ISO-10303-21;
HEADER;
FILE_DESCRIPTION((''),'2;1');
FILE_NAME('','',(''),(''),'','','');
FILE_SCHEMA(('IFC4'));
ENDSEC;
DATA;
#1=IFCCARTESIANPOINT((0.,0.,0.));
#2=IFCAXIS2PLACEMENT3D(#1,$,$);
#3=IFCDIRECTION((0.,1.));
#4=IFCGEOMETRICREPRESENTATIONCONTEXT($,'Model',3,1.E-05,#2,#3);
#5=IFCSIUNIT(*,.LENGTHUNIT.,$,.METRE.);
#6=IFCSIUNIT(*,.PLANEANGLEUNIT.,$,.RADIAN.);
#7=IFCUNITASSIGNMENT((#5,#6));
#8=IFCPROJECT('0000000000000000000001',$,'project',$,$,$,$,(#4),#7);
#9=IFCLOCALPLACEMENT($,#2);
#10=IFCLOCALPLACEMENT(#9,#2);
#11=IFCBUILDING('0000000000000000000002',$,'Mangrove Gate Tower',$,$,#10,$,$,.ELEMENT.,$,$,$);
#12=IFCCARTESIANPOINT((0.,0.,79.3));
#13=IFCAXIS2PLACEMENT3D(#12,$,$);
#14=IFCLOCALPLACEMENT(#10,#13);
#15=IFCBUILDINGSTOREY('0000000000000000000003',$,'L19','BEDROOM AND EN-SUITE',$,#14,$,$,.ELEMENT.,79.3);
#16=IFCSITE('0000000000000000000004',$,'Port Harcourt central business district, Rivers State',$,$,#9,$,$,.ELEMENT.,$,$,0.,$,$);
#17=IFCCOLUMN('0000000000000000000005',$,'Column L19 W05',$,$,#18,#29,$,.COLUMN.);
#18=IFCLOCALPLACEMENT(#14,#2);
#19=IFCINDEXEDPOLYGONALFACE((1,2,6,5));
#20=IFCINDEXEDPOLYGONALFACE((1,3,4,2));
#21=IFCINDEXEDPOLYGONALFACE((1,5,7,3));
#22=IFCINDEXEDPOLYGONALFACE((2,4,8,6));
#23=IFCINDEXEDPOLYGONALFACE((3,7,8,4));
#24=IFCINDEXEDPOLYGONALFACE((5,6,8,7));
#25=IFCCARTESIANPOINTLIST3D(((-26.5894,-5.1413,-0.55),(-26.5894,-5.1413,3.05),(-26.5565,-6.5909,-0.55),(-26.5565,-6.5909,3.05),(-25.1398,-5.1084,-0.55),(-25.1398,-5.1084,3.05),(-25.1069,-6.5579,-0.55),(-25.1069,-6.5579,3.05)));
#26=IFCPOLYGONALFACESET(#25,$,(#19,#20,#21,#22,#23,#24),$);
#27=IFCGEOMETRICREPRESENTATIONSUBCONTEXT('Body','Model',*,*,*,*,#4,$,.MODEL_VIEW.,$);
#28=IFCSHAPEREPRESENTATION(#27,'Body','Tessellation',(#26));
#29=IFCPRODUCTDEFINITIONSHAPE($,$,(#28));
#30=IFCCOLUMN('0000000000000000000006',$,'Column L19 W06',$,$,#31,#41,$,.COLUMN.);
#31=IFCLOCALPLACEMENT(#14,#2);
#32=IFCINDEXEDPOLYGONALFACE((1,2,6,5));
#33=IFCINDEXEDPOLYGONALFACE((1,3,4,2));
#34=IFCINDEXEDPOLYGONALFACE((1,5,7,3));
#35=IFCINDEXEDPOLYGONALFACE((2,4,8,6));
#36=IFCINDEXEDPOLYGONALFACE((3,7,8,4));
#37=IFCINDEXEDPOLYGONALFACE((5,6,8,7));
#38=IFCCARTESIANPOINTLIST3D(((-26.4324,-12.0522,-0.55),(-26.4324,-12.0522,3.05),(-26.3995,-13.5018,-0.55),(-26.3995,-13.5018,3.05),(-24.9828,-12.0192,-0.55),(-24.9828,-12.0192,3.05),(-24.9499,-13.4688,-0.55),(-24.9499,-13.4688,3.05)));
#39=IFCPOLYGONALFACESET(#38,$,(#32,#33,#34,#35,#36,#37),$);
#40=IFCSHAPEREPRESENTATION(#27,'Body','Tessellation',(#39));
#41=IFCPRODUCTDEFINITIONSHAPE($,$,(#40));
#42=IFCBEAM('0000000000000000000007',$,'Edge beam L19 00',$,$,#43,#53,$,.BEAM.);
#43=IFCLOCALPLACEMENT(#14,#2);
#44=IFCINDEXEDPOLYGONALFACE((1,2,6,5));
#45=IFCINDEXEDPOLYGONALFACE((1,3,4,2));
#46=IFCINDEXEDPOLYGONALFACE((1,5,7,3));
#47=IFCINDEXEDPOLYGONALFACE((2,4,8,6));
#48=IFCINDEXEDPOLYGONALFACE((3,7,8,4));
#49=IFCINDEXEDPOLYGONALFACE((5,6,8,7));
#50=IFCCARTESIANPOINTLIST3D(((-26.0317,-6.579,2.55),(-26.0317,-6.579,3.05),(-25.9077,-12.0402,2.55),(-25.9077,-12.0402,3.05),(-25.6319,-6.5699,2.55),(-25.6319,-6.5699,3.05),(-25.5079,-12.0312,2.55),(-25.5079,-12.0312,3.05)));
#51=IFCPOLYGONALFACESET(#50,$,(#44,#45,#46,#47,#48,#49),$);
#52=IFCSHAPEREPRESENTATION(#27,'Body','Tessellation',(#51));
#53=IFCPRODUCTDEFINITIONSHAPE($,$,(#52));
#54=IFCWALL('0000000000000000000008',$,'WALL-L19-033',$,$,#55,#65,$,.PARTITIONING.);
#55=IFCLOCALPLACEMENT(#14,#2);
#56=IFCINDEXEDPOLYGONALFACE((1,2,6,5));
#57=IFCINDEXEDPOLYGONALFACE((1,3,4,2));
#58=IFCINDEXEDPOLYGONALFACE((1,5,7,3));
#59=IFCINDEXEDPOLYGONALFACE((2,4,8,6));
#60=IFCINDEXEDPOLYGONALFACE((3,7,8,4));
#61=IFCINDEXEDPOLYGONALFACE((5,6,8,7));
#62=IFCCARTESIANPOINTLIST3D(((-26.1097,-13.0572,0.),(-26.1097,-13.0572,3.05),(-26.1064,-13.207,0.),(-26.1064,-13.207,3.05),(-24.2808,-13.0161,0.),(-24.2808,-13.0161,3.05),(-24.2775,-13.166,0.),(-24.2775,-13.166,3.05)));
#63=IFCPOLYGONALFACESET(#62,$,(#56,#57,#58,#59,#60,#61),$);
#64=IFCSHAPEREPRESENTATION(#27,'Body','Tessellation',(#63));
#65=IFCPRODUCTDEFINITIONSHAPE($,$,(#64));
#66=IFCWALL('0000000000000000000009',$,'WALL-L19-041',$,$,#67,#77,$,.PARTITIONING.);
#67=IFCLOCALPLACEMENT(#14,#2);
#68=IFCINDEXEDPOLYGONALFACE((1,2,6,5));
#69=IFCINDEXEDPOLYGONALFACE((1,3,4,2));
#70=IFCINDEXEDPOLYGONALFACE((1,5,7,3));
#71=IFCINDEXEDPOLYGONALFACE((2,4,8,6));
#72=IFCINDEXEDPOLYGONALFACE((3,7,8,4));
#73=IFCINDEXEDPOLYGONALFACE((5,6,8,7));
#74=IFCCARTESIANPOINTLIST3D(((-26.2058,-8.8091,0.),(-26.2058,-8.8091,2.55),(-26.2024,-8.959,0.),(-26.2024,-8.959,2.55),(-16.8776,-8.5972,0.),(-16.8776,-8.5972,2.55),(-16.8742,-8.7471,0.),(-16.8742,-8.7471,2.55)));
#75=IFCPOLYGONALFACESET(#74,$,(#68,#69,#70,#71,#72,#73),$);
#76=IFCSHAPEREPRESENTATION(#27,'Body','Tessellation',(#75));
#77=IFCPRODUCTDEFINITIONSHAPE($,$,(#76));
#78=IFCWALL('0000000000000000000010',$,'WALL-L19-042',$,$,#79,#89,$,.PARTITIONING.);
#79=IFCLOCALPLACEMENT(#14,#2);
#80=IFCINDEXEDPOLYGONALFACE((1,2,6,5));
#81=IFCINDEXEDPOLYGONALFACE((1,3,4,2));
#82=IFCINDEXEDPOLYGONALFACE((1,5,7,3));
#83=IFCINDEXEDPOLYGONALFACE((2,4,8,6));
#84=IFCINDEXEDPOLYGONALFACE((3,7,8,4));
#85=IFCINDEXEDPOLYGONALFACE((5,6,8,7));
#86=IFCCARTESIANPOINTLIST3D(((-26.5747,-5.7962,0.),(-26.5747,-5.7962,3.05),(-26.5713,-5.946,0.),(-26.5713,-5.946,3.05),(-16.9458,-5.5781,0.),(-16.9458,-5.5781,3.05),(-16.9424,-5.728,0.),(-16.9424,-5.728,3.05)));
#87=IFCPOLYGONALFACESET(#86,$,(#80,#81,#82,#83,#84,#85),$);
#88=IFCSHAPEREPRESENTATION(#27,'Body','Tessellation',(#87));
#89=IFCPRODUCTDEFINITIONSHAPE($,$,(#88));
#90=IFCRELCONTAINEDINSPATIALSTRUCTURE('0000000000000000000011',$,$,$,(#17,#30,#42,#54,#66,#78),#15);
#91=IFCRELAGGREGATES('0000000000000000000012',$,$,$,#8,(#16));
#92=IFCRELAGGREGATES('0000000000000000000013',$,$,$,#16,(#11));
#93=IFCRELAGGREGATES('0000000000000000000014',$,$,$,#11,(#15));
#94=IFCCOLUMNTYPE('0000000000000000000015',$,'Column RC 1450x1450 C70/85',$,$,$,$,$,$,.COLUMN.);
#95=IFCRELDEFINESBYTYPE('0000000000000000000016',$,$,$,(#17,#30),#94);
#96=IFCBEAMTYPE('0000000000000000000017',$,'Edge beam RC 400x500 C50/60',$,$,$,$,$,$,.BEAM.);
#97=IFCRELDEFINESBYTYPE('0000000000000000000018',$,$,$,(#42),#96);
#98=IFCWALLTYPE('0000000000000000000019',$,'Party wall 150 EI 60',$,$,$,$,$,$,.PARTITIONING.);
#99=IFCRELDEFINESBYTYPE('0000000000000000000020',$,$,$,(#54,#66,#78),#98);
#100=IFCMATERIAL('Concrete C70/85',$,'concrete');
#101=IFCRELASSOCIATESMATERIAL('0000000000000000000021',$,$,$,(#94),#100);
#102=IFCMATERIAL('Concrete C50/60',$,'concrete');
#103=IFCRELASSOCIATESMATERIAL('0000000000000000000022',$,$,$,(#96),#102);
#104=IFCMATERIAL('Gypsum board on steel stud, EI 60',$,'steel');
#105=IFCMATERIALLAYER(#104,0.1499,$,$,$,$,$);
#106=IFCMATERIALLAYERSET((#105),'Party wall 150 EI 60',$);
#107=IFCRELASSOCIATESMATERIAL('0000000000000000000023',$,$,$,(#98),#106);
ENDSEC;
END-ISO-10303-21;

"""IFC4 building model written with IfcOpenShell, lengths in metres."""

from ifc_helpers import new_model, si_unit, direction, frame, frame_2d, origin, origin_2d, place, context, subcontext, project, spatial, rectangle, extrude, material, layer, layer_set, material_profile, profile_set, type_object, element, save


model = new_model("IFC4")

# Units and contexts
model_context = context("Model", 3, precision=1e-05, world=origin(), true_north=direction((0.0, 1.0)))
body_context = subcontext(model_context, "Body", "Model", "MODEL_VIEW")
ifc_project = project(units=[si_unit("LENGTHUNIT", "METRE"), si_unit("PLANEANGLEUNIT", "RADIAN")], contexts=[model_context])

# Site, building, storey
site_placement = place(None, origin())
site = spatial("IfcSite", under=ifc_project, at=site_placement, Name="Port Harcourt central business district, Rivers State", CompositionType="ELEMENT", RefElevation=0.0)
building_placement = place(site_placement, origin())
building = spatial("IfcBuilding", under=site, at=building_placement, Name="Mangrove Gate Tower", CompositionType="ELEMENT")
storey_placement = place(building_placement, frame((0.0, 0.0, 79.3)))
storey = spatial("IfcBuildingStorey", under=building, at=storey_placement, Name="L19", Description="BEDROOM AND EN-SUITE", CompositionType="ELEMENT", Elevation=79.3)

# Columns
ifc_material_1 = material(Name="Concrete C70/85", Category="concrete")
ifc_material_profile_1 = material_profile(ifc_material_1, rectangle(XDim=1.45, YDim=1.45, at=origin_2d()))
ifc_profile_set_1 = profile_set([ifc_material_profile_1], Name="Concrete C70/85")
column_type = type_object("IfcColumnType", Name="Column RC 1450x1450 C70/85", PredefinedType="COLUMN", material=ifc_profile_set_1)
for number, where, z_axis, x_axis, name in (
    (1, (-25.8481, -5.8496, -0.55), (0.0, 0.0, 1.0), (0.022697, -0.999742, 0.0), "Column L19 W05"),
    (2, (-25.6912, -12.7605, -0.55), (0.0, 0.0, 1.0), (0.022712, -0.999742, 0.0), "Column L19 W06"),
):
    element("IfcColumn", number, at=place(storey_placement, frame(where, z_axis=z_axis, x_axis=x_axis)), inside=storey, type_object=column_type, Name=name, PredefinedType="COLUMN", context=body_context, shape_type="SweptSolid", body=[
        extrude(rectangle(XDim=1.45, YDim=1.45, at=origin_2d()), origin(), (0.0, 0.0, 1.0), 3.6001),
    ])

# Beam
ifc_material_2 = material(Name="Concrete C50/60", Category="concrete")
ifc_material_profile_2 = material_profile(ifc_material_2, rectangle(XDim=0.3999, YDim=0.5, at=origin_2d()))
ifc_profile_set_2 = profile_set([ifc_material_profile_2], Name="Concrete C50/60")
beam_type = type_object("IfcBeamType", Name="Edge beam RC 400x500 C50/60", PredefinedType="BEAM", material=ifc_profile_set_2)
beam_placement = place(storey_placement, frame((-25.8318, -6.5745, 2.8), z_axis=(0.022704, -0.999742, 0.0), x_axis=(0.999742, 0.022704, 0.0)))
element("IfcBeam", 3, at=beam_placement, inside=storey, type_object=beam_type, Name="Edge beam L19 00", PredefinedType="BEAM", context=body_context, shape_type="SweptSolid", body=[
    extrude(rectangle(XDim=0.3999, YDim=0.5, at=origin_2d()), origin(), (0.0, 0.0, 1.0), 5.4626),
])

# Walls
ifc_material_3 = material(Name="Gypsum board on steel stud, EI 60", Category="steel")
ifc_layer_1 = layer(ifc_material_3, 0.1499)
ifc_layer_set_1 = layer_set([ifc_layer_1], Name="Party wall 150 EI 60")
wall_type_1 = type_object("IfcWallType", Name="Party wall 150 EI 60", PredefinedType="PARTITIONING", material=ifc_layer_set_1)
wall_1_placement = place(storey_placement, frame((-26.1079, -13.1321, 0.0), z_axis=(0.0, 0.0, 1.0), x_axis=(0.999749, 0.022421, 0.0)))
element("IfcWall", 4, at=wall_1_placement, inside=storey, type_object=wall_type_1, Name="WALL-L19-033", PredefinedType="PARTITIONING", context=body_context, shape_type="SweptSolid", body=[
    extrude(rectangle(XDim=1.8293, YDim=0.1499, at=frame_2d((0.9146, 0.0))), origin(), (0.0, 0.0, 1.0), 3.05),
])
wall_2_placement = place(storey_placement, frame((-26.2041, -8.884, 0.0), z_axis=(0.0, 0.0, 1.0), x_axis=(0.999742, 0.022712, 0.0)))
element("IfcWall", 5, at=wall_2_placement, inside=storey, type_object=wall_type_1, Name="WALL-L19-041", PredefinedType="PARTITIONING", context=body_context, shape_type="SweptSolid", body=[
    extrude(rectangle(XDim=9.3306, YDim=0.1499, at=frame_2d((4.6653, 0.0))), origin(), (0.0, 0.0, 1.0), 2.55),
])
wall_3_placement = place(storey_placement, frame((-26.573, -5.8711, 0.0), z_axis=(0.0, 0.0, 1.0), x_axis=(0.999744, 0.022636, 0.0)))
element("IfcWall", 6, at=wall_3_placement, inside=storey, type_object=wall_type_1, Name="WALL-L19-042", PredefinedType="PARTITIONING", context=body_context, shape_type="SweptSolid", body=[
    extrude(rectangle(XDim=9.6313, YDim=0.1499, at=frame_2d((4.8157, 0.0))), origin(), (0.0, 0.0, 1.0), 3.05),
])

save(model, "model.ifc")
